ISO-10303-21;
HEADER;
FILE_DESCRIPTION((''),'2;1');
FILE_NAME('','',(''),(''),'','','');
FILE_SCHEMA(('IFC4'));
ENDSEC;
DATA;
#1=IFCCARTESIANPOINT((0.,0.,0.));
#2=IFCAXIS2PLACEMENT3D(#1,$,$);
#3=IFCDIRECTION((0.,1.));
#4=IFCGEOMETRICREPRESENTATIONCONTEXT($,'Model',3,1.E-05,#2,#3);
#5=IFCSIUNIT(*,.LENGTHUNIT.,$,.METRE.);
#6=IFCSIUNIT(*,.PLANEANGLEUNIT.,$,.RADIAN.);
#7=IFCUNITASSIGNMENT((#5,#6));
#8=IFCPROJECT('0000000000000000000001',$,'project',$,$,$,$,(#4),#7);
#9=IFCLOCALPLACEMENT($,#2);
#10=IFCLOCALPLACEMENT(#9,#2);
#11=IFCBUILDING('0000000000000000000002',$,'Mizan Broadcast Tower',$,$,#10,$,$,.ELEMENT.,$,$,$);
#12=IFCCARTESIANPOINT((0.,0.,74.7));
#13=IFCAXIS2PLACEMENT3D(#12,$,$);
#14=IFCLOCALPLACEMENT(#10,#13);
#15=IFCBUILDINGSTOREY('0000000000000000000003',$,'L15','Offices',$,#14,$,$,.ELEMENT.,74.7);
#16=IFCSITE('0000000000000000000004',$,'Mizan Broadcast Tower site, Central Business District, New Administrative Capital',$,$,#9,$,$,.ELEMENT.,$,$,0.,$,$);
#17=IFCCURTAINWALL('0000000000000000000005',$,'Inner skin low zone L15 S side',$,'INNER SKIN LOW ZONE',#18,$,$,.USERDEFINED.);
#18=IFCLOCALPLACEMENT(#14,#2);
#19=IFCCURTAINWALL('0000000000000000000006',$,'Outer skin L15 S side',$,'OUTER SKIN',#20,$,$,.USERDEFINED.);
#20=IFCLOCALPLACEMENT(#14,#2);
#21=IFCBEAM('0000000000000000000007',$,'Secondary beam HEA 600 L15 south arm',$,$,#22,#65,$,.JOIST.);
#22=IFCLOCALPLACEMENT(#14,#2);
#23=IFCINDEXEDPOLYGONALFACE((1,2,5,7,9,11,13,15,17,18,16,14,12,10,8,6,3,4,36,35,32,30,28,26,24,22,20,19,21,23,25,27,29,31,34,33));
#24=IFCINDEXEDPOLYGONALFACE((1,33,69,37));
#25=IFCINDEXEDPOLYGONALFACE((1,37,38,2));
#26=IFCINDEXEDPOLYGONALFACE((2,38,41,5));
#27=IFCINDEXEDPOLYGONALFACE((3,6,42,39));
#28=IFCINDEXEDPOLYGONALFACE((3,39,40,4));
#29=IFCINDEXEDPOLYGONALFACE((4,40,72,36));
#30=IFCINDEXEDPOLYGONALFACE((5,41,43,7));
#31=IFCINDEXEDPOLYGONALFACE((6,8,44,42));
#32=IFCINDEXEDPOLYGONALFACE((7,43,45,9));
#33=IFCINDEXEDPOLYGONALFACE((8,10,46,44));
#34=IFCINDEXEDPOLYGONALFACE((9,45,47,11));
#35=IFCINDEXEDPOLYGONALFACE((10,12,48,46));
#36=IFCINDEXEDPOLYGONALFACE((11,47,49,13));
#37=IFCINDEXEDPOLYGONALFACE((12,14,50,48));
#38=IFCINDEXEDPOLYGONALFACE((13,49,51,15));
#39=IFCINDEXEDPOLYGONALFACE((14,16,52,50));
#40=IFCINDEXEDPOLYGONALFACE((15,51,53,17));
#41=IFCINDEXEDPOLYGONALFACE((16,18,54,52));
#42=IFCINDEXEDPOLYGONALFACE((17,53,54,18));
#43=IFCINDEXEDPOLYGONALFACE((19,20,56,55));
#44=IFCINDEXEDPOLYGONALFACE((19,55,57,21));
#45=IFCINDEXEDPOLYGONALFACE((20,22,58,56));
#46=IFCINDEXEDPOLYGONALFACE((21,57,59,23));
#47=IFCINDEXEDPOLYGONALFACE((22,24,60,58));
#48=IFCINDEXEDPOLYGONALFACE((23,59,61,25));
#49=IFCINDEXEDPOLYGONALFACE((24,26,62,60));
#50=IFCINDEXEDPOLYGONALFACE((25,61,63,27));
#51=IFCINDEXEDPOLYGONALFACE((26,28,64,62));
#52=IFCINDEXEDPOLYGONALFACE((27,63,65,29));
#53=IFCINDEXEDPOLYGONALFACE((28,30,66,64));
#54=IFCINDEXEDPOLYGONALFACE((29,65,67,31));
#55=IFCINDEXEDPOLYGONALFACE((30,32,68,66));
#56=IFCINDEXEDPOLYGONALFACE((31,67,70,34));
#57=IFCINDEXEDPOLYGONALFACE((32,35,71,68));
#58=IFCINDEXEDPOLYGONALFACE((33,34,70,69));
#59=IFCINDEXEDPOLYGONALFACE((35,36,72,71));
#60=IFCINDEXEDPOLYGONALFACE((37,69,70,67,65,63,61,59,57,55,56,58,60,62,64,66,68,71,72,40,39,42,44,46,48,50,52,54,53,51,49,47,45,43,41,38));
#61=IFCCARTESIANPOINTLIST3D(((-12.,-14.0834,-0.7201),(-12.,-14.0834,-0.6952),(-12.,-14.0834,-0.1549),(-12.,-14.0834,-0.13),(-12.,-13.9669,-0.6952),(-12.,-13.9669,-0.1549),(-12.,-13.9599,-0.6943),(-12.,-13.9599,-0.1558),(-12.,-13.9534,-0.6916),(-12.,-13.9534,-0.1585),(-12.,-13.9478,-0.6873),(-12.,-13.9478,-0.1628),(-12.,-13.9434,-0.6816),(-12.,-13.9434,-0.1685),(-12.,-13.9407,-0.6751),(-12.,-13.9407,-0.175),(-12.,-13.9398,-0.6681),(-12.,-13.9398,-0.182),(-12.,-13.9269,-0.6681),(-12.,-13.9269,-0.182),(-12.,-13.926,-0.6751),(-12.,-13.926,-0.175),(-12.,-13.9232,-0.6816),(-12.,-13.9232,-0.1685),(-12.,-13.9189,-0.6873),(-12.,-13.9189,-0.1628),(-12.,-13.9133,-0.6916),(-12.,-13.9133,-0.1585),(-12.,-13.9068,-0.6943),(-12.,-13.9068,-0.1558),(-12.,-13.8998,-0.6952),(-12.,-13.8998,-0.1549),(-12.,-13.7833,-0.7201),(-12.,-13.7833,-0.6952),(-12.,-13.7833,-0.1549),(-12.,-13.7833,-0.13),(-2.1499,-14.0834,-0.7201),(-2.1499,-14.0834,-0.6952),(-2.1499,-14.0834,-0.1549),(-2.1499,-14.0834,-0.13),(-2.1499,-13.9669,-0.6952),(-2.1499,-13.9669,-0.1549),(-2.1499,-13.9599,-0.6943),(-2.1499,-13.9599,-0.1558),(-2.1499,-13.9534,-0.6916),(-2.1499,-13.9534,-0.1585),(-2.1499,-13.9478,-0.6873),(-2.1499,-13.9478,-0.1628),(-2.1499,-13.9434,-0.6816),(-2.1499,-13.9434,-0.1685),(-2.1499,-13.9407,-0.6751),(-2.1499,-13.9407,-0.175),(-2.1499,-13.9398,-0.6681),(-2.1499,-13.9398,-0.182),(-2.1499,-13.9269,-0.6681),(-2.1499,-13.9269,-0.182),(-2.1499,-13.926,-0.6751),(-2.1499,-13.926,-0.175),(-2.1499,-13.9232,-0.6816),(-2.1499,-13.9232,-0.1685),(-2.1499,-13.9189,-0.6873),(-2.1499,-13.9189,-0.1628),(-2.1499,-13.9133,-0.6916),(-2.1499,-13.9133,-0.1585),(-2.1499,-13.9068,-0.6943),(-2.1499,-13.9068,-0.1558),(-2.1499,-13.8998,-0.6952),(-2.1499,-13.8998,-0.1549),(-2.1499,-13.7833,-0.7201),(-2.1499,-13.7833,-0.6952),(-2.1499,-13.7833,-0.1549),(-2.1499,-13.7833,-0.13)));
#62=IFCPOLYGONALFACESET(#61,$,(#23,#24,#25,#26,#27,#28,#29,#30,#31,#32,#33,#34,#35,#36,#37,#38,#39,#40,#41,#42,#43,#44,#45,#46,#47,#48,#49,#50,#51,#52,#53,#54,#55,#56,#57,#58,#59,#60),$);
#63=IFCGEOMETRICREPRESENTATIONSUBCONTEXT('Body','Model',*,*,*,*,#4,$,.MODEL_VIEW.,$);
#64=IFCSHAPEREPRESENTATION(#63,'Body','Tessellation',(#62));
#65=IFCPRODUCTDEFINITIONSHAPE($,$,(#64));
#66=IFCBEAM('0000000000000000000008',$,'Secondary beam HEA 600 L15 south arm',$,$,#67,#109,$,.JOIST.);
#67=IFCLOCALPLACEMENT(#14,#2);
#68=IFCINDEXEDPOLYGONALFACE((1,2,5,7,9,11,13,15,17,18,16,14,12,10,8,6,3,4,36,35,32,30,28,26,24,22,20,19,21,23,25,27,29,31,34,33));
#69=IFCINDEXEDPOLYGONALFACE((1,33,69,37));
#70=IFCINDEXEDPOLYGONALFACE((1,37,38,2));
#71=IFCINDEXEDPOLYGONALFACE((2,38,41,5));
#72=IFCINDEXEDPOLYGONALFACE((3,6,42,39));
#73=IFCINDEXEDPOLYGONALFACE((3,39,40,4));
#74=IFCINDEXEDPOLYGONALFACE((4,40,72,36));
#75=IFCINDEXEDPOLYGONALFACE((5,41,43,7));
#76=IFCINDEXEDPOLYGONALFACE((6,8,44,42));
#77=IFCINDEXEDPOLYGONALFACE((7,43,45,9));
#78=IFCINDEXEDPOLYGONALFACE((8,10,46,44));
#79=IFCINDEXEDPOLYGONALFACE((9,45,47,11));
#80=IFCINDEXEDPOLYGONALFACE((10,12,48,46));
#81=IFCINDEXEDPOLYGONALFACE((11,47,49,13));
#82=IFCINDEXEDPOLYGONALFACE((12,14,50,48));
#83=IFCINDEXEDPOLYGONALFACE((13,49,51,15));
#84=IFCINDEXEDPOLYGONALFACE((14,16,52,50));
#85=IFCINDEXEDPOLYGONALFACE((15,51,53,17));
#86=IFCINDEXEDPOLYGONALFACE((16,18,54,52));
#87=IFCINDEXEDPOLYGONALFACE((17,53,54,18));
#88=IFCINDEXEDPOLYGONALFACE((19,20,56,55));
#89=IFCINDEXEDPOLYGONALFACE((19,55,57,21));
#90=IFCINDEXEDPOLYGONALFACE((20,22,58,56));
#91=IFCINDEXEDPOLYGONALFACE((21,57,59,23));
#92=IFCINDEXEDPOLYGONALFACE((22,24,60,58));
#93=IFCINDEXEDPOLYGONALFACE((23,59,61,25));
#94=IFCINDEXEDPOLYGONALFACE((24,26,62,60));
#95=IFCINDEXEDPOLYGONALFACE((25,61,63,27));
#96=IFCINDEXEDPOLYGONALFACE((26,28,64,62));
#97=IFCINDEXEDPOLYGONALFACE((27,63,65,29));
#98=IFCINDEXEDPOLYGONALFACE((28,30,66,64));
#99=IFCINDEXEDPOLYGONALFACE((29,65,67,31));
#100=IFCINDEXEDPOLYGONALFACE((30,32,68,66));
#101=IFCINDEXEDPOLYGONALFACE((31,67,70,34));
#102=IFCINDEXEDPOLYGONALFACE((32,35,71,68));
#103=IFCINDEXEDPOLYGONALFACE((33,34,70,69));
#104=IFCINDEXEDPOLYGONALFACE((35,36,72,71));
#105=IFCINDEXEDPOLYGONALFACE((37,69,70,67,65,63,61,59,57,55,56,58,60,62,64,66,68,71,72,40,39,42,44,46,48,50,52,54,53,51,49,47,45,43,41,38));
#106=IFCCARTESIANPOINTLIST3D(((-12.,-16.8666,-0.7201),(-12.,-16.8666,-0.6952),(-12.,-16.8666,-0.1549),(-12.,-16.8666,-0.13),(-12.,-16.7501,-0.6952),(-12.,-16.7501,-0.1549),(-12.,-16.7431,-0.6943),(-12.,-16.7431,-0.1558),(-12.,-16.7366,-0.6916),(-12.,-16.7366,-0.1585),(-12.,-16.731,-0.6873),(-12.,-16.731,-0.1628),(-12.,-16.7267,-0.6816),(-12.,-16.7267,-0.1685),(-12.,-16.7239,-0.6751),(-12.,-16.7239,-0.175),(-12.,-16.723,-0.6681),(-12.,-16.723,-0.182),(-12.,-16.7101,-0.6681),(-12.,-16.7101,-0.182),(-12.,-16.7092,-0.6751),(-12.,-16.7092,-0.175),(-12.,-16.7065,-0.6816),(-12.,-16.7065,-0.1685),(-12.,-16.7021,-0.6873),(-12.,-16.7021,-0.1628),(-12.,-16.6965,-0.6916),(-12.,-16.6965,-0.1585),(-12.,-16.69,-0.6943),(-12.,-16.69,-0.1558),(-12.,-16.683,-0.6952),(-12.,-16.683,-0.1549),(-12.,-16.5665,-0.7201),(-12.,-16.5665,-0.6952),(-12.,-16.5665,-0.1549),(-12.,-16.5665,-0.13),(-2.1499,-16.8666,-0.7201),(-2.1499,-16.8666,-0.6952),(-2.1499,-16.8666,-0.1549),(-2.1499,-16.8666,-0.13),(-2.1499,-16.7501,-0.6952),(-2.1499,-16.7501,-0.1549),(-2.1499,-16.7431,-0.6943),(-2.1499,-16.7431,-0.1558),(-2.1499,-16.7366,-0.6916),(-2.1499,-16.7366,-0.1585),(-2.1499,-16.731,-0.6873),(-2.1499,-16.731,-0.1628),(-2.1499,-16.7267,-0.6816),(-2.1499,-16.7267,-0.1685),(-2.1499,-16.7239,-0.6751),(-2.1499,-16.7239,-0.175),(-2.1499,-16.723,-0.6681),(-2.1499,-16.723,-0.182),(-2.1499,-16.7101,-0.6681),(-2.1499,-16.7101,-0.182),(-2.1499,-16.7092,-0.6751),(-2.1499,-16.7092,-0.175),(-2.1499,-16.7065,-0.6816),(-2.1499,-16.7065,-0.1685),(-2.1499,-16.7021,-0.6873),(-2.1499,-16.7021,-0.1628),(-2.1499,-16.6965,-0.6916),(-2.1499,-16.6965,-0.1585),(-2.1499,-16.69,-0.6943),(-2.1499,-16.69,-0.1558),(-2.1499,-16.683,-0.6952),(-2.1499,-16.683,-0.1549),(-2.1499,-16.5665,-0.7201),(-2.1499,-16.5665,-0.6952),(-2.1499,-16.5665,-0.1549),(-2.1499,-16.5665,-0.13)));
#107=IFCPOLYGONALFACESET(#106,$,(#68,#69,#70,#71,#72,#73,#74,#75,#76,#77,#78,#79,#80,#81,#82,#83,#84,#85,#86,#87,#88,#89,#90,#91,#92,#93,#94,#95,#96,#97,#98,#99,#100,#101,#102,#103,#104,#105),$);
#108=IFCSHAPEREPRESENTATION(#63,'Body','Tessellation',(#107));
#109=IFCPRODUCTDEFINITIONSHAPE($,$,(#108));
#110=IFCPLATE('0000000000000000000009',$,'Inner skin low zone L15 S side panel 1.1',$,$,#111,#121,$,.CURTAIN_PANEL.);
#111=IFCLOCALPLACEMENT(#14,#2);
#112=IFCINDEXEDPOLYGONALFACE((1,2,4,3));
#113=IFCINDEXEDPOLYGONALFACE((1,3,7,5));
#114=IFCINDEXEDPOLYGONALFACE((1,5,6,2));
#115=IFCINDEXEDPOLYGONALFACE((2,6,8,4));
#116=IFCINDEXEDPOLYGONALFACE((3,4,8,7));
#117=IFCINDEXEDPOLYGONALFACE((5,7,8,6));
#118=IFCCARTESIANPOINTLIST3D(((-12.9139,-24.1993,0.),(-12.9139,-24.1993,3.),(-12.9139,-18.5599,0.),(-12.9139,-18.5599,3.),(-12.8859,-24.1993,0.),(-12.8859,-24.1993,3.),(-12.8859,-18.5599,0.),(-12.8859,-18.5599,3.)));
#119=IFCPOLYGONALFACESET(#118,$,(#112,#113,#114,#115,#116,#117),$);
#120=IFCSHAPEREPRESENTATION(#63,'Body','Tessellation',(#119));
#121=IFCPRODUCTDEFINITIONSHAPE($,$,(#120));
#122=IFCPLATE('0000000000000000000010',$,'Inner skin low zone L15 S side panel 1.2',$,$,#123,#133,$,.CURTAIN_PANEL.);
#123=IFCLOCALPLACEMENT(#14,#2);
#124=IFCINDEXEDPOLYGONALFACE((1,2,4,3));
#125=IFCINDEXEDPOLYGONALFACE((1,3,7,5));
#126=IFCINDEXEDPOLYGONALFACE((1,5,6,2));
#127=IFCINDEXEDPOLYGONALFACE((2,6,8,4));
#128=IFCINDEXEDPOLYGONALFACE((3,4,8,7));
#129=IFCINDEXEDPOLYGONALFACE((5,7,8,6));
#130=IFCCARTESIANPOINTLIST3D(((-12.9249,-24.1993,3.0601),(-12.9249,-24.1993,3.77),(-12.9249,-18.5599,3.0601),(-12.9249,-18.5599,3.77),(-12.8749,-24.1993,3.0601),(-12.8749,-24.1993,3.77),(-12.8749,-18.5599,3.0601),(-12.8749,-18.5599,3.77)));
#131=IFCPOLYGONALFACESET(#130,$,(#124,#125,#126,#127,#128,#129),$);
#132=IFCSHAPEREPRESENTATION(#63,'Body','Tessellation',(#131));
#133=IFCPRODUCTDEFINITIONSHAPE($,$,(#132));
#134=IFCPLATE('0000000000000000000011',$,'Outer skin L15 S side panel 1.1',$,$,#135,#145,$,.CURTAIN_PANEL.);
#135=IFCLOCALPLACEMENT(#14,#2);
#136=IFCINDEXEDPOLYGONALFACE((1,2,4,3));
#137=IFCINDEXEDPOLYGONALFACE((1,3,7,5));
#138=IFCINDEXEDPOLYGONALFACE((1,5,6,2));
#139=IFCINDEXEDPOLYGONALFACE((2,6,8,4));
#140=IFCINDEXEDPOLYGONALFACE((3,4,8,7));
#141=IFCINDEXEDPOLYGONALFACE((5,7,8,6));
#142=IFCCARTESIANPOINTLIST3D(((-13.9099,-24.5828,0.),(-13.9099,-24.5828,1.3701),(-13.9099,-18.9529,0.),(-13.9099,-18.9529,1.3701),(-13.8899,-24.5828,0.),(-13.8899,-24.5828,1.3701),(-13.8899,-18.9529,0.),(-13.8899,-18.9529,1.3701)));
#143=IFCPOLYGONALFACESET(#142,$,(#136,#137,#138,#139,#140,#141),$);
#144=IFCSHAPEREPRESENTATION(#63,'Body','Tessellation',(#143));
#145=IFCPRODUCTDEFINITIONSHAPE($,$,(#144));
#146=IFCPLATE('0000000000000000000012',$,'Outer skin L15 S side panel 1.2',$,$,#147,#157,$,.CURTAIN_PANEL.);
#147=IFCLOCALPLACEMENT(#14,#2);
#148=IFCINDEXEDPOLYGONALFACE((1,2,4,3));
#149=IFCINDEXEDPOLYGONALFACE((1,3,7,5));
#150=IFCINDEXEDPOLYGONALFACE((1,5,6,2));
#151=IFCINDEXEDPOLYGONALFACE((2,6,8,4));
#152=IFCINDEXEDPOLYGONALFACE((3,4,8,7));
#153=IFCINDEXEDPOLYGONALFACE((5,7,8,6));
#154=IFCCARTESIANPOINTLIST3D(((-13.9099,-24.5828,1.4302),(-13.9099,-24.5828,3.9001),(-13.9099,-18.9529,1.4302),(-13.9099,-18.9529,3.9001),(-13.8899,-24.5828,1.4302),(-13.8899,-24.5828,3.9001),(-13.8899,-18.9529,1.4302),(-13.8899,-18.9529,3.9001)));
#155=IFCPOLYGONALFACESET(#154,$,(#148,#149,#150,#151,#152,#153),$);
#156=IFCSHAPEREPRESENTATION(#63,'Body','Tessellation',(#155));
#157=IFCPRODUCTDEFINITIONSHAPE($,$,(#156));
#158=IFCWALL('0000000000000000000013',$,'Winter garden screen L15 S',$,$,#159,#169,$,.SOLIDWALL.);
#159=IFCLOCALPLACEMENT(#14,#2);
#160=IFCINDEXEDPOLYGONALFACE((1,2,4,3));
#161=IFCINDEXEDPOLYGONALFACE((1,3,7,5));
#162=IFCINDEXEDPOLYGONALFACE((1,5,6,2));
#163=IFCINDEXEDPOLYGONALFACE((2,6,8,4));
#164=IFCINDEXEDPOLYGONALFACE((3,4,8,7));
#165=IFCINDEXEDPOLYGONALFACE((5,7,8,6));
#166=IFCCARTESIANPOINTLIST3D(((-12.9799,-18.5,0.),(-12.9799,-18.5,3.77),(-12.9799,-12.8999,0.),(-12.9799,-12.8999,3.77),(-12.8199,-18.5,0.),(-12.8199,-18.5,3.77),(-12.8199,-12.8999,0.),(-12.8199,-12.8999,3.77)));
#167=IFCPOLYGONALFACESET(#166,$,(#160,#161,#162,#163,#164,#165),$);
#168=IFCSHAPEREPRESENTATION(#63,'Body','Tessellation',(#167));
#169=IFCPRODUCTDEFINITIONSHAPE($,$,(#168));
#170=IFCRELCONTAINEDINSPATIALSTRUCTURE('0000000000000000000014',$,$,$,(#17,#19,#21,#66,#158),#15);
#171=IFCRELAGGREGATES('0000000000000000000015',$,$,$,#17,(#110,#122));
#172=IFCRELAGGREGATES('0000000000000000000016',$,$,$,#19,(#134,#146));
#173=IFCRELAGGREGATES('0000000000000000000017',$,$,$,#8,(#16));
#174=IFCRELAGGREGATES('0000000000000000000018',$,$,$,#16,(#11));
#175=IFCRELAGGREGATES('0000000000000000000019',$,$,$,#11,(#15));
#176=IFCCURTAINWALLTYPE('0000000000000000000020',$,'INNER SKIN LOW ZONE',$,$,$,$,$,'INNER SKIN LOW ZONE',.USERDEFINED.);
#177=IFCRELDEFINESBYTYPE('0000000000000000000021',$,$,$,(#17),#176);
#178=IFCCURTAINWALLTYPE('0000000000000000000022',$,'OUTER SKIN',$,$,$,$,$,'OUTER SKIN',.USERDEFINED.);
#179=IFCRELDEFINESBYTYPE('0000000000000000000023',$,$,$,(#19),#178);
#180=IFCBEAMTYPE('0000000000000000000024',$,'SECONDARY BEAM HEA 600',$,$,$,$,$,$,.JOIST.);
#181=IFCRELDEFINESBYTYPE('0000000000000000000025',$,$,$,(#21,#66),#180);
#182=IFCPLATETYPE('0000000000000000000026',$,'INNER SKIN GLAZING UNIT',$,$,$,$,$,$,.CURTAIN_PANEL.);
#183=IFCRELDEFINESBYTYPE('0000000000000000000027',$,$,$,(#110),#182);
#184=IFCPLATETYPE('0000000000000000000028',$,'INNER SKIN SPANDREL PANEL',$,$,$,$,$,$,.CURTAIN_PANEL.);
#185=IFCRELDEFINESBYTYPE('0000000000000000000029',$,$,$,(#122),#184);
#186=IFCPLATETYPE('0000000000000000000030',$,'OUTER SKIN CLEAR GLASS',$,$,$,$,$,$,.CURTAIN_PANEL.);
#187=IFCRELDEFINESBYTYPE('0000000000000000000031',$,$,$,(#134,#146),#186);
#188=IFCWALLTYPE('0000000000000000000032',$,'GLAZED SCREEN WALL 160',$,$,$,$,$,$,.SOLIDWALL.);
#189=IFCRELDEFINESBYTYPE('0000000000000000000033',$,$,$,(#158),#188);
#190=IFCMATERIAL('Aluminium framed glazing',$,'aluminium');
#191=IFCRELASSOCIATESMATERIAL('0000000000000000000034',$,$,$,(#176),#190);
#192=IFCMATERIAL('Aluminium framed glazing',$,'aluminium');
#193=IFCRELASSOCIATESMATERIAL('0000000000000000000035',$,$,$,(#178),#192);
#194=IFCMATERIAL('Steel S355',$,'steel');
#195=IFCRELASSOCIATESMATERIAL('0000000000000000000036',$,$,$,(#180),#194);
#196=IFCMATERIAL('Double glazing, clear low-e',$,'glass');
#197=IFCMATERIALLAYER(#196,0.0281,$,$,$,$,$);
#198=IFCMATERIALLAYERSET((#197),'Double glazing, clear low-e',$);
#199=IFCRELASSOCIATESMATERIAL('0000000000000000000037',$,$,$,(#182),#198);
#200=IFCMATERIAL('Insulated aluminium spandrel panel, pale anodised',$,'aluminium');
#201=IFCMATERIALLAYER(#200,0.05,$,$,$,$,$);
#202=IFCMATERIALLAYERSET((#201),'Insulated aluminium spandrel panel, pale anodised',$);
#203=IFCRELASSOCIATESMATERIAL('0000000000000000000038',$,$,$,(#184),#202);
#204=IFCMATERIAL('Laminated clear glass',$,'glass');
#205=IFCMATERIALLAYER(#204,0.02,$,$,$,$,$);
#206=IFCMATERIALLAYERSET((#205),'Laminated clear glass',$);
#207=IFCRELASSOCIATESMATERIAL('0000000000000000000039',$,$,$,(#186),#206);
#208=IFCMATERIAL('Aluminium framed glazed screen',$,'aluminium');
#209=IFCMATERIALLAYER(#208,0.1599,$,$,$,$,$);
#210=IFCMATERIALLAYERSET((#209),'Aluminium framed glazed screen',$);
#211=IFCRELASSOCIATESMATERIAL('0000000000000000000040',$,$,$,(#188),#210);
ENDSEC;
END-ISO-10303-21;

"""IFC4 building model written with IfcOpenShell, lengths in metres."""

from ifc_helpers import new_model, si_unit, direction, frame, frame_2d, origin, origin_2d, place, context, subcontext, project, spatial, rectangle, i_section, extrude, material, layer, layer_set, material_profile, profile_set, type_object, element, aggregate, save


model = new_model("IFC4")

# Units and contexts
model_context = context("Model", 3, precision=1e-05, world=origin(), true_north=direction((0.0, 1.0)))
body_context = subcontext(model_context, "Body", "Model", "MODEL_VIEW")
ifc_project = project(units=[si_unit("LENGTHUNIT", "METRE"), si_unit("PLANEANGLEUNIT", "RADIAN")], contexts=[model_context])

# Site, building, storey
site_placement = place(None, origin())
site = spatial("IfcSite", under=ifc_project, at=site_placement, Name="Mizan Broadcast Tower site, Central Business District, New Administrative Capital", CompositionType="ELEMENT", RefElevation=0.0)
building_placement = place(site_placement, origin())
building = spatial("IfcBuilding", under=site, at=building_placement, Name="Mizan Broadcast Tower", CompositionType="ELEMENT")
storey_placement = place(building_placement, frame((0.0, 0.0, 74.7)))
storey = spatial("IfcBuildingStorey", under=building, at=storey_placement, Name="L15", Description="Offices", CompositionType="ELEMENT", Elevation=74.7)

# Curtain walls
ifc_material_1 = material(Name="Aluminium framed glazing", Category="aluminium")
curtain_wall_type_1 = type_object("IfcCurtainWallType", Name="INNER SKIN LOW ZONE", ElementType="INNER SKIN LOW ZONE", PredefinedType="USERDEFINED", material=ifc_material_1)
curtain_wall_1_placement = place(storey_placement, origin())
curtain_wall_1 = element("IfcCurtainWall", 1, at=curtain_wall_1_placement, inside=storey, type_object=curtain_wall_type_1, Name="Inner skin low zone L15 S side", ObjectType="INNER SKIN LOW ZONE", PredefinedType="USERDEFINED")
ifc_material_2 = material(Name="Aluminium framed glazing", Category="aluminium")
curtain_wall_type_2 = type_object("IfcCurtainWallType", Name="OUTER SKIN", ElementType="OUTER SKIN", PredefinedType="USERDEFINED", material=ifc_material_2)
curtain_wall_2_placement = place(storey_placement, origin())
curtain_wall_2 = element("IfcCurtainWall", 2, at=curtain_wall_2_placement, inside=storey, type_object=curtain_wall_type_2, Name="Outer skin L15 S side", ObjectType="OUTER SKIN", PredefinedType="USERDEFINED")

# Beams
ifc_material_3 = material(Name="Steel S355", Category="steel")
ifc_material_profile_1 = material_profile(ifc_material_3, i_section(OverallWidth=0.3, OverallDepth=0.5901, WebThickness=0.0129, FlangeThickness=0.0249, FilletRadius=0.0271, at=origin_2d()), Name="HEA 600")
ifc_profile_set_1 = profile_set([ifc_material_profile_1], Name="Steel S355")
beam_type_1 = type_object("IfcBeamType", Name="SECONDARY BEAM HEA 600", PredefinedType="JOIST", material=ifc_profile_set_1)
for number, where, z_axis, x_axis, name in (
    (3, (-12.0, -13.9333, -0.425), (1.0, 0.0, 0.0), (0.0, 1.0, 0.0), "Secondary beam HEA 600 L15 south arm"),
    (4, (-12.0, -16.7166, -0.425), (1.0, 0.0, 0.0), (0.0, 1.0, 0.0), "Secondary beam HEA 600 L15 south arm"),
):
    element("IfcBeam", number, at=place(storey_placement, frame(where, z_axis=z_axis, x_axis=x_axis)), inside=storey, type_object=beam_type_1, Name=name, PredefinedType="JOIST", context=body_context, shape_type="SweptSolid", body=[
        extrude(i_section(OverallWidth=0.3, OverallDepth=0.5901, WebThickness=0.0129, FlangeThickness=0.0249, FilletRadius=0.0271, at=origin_2d()), origin(), (0.0, 0.0, 1.0), 9.8501),
    ])

# Plates
ifc_material_4 = material(Name="Double glazing, clear low-e", Category="glass")
ifc_layer_1 = layer(ifc_material_4, 0.0281)
ifc_layer_set_1 = layer_set([ifc_layer_1], Name="Double glazing, clear low-e")
plate_type_1 = type_object("IfcPlateType", Name="INNER SKIN GLAZING UNIT", PredefinedType="CURTAIN_PANEL", material=ifc_layer_set_1)
plate_1_placement = place(storey_placement, frame((-12.8999, -21.3796, 0.0), z_axis=(0.0, 0.0, 1.0), x_axis=(0.0, -1.0, 0.0)))
plate_1 = element("IfcPlate", 5, at=plate_1_placement, type_object=plate_type_1, Name="Inner skin low zone L15 S side panel 1.1", PredefinedType="CURTAIN_PANEL", context=body_context, shape_type="SweptSolid", body=[
    extrude(rectangle(XDim=5.6394, YDim=0.0281, at=origin_2d()), origin(), (0.0, 0.0, 1.0), 3.0),
])
ifc_material_5 = material(Name="Insulated aluminium spandrel panel, pale anodised", Category="aluminium")
ifc_layer_2 = layer(ifc_material_5, 0.05)
ifc_layer_set_2 = layer_set([ifc_layer_2], Name="Insulated aluminium spandrel panel, pale anodised")
plate_type_2 = type_object("IfcPlateType", Name="INNER SKIN SPANDREL PANEL", PredefinedType="CURTAIN_PANEL", material=ifc_layer_set_2)
plate_2_placement = place(storey_placement, frame((-12.8999, -21.3796, 3.0601), z_axis=(0.0, 0.0, 1.0), x_axis=(0.0, -1.0, 0.0)))
plate_2 = element("IfcPlate", 6, at=plate_2_placement, type_object=plate_type_2, Name="Inner skin low zone L15 S side panel 1.2", PredefinedType="CURTAIN_PANEL", context=body_context, shape_type="SweptSolid", body=[
    extrude(rectangle(XDim=5.6394, YDim=0.05, at=origin_2d()), origin(), (0.0, 0.0, 1.0), 0.71),
])
aggregate(curtain_wall_1, [plate_1, plate_2])
ifc_material_6 = material(Name="Laminated clear glass", Category="glass")
ifc_layer_3 = layer(ifc_material_6, 0.02)
ifc_layer_set_3 = layer_set([ifc_layer_3], Name="Laminated clear glass")
plate_type_3 = type_object("IfcPlateType", Name="OUTER SKIN CLEAR GLASS", PredefinedType="CURTAIN_PANEL", material=ifc_layer_set_3)
plate_3_placement = place(storey_placement, frame((-13.8999, -21.7678, 0.0), z_axis=(0.0, 0.0, 1.0), x_axis=(0.0, -1.0, 0.0)))
plate_3 = element("IfcPlate", 7, at=plate_3_placement, type_object=plate_type_3, Name="Outer skin L15 S side panel 1.1", PredefinedType="CURTAIN_PANEL", context=body_context, shape_type="SweptSolid", body=[
    extrude(rectangle(XDim=5.6299, YDim=0.02, at=origin_2d()), origin(), (0.0, 0.0, 1.0), 1.3701),
])
plate_4_placement = place(storey_placement, frame((-13.8999, -21.7678, 1.4302), z_axis=(0.0, 0.0, 1.0), x_axis=(0.0, -1.0, 0.0)))
plate_4 = element("IfcPlate", 8, at=plate_4_placement, type_object=plate_type_3, Name="Outer skin L15 S side panel 1.2", PredefinedType="CURTAIN_PANEL", context=body_context, shape_type="SweptSolid", body=[
    extrude(rectangle(XDim=5.6299, YDim=0.02, at=origin_2d()), origin(), (0.0, 0.0, 1.0), 2.47),
])
aggregate(curtain_wall_2, [plate_3, plate_4])

# Wall
ifc_material_7 = material(Name="Aluminium framed glazed screen", Category="aluminium")
ifc_layer_4 = layer(ifc_material_7, 0.1599)
ifc_layer_set_4 = layer_set([ifc_layer_4], Name="Aluminium framed glazed screen")
wall_type = type_object("IfcWallType", Name="GLAZED SCREEN WALL 160", PredefinedType="SOLIDWALL", material=ifc_layer_set_4)
wall_placement = place(storey_placement, frame((-12.8999, -12.8999, 0.0), z_axis=(0.0, 0.0, 1.0), x_axis=(0.0, -1.0, 0.0)))
element("IfcWall", 9, at=wall_placement, inside=storey, type_object=wall_type, Name="Winter garden screen L15 S", PredefinedType="SOLIDWALL", context=body_context, shape_type="SweptSolid", body=[
    extrude(rectangle(XDim=5.6001, YDim=0.1599, at=frame_2d((2.8, 0.0))), origin(), (0.0, 0.0, 1.0), 3.77),
])

save(model, "model.ifc")
